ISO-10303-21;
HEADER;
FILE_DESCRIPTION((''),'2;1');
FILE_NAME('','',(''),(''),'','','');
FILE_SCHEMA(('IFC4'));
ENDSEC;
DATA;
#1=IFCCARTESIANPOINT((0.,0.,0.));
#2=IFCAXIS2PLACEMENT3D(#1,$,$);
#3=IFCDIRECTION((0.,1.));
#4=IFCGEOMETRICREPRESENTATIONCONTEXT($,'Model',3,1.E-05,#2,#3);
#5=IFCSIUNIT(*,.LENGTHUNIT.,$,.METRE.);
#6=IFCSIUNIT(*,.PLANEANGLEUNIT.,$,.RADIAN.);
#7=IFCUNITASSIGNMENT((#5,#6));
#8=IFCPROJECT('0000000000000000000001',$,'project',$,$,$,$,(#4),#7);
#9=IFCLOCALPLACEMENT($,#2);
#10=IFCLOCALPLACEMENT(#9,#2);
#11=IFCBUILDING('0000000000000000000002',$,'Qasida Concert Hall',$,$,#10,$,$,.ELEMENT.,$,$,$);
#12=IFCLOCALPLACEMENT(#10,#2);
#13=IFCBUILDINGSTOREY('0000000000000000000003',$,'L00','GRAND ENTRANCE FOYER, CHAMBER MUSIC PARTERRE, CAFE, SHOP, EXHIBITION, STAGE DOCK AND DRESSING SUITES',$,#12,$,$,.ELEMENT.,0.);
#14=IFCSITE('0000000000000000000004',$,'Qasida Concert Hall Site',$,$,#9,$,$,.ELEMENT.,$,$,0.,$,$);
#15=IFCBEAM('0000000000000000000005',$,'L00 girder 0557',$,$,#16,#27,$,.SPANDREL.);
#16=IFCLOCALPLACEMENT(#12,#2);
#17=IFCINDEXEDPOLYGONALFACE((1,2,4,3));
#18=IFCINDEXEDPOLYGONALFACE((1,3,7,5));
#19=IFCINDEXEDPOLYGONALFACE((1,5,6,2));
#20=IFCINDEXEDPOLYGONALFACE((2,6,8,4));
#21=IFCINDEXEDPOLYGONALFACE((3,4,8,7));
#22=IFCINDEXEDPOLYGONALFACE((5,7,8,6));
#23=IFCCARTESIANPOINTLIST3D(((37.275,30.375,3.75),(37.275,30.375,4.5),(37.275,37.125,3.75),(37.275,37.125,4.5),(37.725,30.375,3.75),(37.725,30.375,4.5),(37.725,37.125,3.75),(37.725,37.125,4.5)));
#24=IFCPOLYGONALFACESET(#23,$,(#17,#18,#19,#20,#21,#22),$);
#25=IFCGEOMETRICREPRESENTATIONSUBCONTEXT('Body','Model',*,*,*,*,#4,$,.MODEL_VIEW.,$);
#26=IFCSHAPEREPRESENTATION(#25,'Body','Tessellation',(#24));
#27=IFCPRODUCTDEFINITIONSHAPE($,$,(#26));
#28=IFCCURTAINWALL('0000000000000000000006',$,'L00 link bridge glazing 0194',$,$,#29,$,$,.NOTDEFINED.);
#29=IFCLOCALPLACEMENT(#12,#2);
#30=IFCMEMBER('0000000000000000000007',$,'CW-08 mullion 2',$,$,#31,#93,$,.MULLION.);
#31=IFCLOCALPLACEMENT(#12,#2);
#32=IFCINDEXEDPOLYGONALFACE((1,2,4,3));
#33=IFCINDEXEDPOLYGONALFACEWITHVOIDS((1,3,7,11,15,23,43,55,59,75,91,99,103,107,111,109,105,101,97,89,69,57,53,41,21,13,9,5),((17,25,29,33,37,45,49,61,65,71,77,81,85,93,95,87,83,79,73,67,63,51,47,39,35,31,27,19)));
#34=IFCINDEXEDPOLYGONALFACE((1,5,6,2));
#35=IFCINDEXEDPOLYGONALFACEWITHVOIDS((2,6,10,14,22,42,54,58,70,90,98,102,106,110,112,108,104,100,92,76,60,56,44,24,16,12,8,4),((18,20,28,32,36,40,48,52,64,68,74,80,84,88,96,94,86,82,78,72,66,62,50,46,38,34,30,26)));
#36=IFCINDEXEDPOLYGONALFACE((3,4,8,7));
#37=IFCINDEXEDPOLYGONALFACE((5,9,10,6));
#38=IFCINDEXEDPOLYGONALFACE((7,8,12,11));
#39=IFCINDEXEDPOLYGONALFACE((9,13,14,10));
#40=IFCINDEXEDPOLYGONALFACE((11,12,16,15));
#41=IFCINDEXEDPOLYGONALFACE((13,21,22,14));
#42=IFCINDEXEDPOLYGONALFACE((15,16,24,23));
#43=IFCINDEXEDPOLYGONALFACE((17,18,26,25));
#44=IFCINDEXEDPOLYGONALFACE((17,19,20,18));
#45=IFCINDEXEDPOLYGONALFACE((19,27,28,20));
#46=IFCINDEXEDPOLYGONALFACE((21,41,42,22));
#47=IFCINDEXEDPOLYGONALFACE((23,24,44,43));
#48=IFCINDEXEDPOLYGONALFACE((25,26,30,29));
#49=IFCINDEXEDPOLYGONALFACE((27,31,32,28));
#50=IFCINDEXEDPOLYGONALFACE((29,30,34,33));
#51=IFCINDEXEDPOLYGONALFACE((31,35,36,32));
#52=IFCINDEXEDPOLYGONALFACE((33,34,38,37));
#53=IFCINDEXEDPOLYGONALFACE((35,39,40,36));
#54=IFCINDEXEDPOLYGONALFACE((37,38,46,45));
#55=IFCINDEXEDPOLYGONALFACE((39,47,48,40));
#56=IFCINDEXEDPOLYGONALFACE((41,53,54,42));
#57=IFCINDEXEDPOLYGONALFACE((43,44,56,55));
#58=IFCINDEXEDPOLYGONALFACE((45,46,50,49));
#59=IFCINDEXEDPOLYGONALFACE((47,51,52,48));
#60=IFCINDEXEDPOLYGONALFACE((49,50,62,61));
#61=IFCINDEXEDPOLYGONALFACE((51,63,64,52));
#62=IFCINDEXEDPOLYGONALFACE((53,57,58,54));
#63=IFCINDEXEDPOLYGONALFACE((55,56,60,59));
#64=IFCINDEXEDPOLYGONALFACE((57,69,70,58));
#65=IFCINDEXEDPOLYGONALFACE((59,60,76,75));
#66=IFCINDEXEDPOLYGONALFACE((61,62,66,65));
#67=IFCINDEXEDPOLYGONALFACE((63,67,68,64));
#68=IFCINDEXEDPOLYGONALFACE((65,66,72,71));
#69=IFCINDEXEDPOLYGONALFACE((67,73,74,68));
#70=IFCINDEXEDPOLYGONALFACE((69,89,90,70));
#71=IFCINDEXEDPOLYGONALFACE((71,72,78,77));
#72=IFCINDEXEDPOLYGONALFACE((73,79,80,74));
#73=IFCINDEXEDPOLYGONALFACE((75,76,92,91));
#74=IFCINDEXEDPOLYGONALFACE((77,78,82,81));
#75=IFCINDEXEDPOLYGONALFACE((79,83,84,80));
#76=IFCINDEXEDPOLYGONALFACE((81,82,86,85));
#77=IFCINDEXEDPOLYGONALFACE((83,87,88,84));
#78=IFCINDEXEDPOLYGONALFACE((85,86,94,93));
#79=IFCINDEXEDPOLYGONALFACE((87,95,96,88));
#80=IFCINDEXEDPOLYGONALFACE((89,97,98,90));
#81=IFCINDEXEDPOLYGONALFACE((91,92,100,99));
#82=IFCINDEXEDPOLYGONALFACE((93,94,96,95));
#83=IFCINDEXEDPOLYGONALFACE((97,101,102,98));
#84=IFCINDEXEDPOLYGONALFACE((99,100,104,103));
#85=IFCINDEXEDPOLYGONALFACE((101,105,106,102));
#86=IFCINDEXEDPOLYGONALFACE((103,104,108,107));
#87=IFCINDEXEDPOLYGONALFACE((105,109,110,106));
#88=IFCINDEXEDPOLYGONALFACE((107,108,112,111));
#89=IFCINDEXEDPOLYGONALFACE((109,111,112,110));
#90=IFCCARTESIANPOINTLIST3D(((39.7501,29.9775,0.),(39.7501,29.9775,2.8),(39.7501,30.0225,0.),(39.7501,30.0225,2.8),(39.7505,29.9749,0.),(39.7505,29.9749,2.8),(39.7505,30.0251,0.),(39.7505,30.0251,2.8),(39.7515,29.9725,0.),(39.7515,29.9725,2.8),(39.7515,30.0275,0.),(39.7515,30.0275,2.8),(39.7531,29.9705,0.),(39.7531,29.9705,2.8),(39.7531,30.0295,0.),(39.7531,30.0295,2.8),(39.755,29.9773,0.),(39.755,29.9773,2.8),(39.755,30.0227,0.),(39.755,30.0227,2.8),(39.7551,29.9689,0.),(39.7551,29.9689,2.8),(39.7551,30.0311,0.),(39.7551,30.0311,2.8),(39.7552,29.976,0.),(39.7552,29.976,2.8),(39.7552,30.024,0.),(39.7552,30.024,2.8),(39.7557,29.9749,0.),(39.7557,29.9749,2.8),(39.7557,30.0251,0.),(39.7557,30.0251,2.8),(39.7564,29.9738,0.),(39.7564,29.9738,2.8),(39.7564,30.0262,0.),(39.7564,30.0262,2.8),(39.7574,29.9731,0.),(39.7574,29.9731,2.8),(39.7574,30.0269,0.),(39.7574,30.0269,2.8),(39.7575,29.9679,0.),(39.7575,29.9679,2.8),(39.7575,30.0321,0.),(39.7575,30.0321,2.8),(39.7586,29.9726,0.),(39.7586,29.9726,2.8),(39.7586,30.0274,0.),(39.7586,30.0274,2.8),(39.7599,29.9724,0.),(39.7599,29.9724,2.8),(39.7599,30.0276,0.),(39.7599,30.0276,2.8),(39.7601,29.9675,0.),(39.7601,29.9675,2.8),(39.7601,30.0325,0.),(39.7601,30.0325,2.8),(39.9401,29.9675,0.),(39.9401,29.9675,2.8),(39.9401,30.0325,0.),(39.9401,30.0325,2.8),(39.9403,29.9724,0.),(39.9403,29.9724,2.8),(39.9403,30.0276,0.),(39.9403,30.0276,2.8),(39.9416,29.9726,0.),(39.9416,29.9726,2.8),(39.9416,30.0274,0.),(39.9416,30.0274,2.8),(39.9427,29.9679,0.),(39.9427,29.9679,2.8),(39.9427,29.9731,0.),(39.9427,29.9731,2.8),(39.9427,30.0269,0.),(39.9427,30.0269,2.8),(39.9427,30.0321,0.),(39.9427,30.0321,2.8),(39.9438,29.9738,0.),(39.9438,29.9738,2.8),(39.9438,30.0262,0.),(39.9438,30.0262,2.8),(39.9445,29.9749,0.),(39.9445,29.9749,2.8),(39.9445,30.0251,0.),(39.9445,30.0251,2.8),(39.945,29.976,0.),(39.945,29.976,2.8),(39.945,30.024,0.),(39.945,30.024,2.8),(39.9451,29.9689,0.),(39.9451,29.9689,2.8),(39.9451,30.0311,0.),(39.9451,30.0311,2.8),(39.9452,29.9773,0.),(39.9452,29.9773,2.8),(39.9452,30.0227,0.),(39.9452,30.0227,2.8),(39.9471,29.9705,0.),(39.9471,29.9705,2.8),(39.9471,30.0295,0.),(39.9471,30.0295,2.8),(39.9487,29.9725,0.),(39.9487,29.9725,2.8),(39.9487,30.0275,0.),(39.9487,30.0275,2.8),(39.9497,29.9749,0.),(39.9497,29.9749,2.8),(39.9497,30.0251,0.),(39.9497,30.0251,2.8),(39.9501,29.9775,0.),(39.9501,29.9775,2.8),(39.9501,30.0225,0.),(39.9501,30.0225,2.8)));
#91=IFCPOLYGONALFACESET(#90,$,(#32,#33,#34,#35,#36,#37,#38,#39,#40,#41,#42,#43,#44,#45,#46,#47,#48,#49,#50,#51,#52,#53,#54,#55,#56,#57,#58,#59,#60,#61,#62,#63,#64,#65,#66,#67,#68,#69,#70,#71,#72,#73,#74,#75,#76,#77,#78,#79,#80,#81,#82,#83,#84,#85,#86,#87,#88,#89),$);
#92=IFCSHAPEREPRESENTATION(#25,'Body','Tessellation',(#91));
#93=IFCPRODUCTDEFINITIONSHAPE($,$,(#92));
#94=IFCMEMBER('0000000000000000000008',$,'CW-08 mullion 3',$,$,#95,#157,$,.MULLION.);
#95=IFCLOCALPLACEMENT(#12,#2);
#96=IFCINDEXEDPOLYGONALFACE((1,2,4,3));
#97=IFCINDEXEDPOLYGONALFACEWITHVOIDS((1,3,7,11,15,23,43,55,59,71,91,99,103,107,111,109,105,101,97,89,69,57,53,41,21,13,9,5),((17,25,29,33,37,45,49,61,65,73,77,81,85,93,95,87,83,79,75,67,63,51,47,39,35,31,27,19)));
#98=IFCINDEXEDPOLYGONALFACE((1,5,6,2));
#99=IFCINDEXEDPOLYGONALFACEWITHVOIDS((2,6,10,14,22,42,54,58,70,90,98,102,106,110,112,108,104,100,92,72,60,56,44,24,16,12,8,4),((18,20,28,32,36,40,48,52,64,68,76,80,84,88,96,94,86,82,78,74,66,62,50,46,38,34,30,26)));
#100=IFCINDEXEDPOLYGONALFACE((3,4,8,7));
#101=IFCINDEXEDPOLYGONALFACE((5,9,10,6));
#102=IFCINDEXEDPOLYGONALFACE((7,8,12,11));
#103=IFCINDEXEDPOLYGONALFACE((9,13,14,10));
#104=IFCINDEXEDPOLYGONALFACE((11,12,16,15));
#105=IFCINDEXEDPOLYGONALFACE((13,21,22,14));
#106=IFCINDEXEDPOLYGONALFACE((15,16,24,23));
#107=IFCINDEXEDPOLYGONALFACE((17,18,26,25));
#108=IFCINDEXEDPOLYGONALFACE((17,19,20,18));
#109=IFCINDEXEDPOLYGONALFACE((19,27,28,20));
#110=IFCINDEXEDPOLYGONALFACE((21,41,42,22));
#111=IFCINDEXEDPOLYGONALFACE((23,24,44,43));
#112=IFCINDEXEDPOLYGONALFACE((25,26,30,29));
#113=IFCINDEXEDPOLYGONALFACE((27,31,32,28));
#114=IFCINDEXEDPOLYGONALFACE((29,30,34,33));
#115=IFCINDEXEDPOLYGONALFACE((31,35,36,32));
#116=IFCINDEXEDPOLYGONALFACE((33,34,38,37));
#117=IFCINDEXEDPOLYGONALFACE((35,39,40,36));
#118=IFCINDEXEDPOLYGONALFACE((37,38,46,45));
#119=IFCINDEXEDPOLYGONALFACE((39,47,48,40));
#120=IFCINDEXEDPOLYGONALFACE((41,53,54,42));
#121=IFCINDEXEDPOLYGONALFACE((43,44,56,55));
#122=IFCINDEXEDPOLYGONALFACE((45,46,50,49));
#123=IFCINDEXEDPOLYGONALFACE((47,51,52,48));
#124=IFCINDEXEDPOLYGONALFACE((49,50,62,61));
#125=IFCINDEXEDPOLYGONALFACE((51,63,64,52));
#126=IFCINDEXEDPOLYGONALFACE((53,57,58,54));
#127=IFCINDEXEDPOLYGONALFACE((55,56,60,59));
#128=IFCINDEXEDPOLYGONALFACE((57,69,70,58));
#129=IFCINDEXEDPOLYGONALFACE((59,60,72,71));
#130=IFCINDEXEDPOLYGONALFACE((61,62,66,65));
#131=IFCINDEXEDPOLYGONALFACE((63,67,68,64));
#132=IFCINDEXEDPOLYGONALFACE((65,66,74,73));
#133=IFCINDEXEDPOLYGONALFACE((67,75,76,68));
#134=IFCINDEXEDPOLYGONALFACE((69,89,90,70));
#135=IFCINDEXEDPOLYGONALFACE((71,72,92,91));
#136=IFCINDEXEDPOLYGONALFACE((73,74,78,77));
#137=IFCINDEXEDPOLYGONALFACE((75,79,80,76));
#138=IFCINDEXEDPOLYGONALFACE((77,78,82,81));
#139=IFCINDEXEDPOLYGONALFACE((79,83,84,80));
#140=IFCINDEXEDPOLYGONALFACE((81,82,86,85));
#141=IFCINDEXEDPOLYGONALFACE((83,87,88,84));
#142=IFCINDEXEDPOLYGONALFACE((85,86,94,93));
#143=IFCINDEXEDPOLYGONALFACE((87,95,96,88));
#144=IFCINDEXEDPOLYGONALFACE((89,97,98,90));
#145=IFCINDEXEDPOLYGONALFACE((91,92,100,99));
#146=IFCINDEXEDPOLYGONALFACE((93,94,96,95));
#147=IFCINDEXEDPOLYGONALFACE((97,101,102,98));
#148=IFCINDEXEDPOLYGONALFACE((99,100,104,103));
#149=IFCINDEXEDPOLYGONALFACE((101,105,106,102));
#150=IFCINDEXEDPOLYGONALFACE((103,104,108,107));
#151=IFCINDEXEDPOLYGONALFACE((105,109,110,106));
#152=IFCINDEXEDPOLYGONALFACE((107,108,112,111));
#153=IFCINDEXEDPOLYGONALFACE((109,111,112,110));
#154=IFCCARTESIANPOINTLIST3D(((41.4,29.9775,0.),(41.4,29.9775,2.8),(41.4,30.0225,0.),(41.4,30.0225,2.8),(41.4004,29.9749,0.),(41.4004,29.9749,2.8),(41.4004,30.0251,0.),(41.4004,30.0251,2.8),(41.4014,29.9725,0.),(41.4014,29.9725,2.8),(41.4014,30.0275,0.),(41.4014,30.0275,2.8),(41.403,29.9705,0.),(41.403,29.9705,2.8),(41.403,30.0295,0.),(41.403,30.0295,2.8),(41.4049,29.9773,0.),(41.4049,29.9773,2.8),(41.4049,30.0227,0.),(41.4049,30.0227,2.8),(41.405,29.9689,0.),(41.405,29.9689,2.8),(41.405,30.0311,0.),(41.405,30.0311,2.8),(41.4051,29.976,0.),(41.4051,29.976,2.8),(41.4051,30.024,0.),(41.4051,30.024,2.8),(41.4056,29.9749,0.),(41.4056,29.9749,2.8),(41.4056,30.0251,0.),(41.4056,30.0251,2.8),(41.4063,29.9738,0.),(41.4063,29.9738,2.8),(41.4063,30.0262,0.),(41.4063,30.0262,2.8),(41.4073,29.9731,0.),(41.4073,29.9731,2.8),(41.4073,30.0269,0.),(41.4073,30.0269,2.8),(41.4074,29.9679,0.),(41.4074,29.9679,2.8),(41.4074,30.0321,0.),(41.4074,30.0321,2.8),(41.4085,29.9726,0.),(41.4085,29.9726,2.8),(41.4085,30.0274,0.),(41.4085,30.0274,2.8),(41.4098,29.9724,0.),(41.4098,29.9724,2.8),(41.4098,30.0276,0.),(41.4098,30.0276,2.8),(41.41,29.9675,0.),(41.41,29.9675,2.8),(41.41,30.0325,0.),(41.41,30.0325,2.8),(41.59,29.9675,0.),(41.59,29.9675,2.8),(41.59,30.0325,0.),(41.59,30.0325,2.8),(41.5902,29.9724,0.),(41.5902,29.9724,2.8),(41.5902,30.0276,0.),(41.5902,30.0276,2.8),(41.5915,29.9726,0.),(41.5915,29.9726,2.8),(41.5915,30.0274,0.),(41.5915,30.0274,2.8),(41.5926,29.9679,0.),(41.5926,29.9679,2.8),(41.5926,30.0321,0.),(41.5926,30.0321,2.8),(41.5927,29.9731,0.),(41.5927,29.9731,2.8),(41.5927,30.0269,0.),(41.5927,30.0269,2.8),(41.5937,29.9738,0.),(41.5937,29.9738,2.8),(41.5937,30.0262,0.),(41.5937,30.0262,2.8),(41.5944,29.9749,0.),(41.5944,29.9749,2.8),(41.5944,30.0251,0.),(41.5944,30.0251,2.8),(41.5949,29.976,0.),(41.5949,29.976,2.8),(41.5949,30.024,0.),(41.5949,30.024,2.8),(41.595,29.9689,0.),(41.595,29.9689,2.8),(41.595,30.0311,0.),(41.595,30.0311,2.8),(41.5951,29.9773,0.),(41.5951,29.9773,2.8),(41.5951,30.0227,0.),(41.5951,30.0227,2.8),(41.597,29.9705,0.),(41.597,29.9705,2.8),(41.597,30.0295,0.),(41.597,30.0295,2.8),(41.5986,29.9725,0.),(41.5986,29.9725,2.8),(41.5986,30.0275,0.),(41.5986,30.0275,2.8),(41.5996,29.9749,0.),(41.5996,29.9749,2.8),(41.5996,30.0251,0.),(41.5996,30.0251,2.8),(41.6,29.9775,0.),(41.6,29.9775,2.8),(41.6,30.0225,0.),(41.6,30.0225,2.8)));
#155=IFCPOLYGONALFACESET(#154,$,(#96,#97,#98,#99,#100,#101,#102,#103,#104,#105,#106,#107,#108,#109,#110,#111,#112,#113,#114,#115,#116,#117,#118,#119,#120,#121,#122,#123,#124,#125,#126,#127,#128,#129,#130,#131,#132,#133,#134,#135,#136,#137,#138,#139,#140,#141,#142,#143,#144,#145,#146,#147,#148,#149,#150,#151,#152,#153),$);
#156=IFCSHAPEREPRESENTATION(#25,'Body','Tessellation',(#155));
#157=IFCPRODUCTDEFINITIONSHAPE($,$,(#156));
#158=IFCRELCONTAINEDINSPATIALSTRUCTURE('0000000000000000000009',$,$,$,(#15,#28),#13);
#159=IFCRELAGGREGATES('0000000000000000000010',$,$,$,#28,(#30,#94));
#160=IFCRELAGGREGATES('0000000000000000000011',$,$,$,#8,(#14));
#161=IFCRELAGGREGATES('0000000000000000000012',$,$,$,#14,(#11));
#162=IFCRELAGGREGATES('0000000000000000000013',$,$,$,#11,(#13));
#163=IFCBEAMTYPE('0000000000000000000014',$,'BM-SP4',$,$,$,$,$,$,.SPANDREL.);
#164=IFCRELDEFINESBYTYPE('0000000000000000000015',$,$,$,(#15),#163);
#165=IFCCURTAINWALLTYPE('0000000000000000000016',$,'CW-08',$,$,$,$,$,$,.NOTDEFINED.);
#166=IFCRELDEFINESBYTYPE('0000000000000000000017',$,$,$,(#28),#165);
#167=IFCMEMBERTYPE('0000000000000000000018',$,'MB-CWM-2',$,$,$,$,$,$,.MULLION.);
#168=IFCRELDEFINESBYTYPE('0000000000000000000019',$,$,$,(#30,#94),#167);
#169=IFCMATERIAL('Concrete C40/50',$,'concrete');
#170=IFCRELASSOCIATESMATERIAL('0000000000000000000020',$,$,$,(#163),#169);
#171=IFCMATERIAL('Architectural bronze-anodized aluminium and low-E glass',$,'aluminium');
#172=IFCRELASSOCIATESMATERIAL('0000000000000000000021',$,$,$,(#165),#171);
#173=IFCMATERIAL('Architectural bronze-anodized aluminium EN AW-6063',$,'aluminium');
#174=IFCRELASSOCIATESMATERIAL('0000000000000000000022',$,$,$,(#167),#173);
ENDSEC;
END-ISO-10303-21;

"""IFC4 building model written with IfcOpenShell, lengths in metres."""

from ifc_helpers import new_model, si_unit, direction, frame, origin, origin_2d, place, context, subcontext, project, spatial, rectangle, hollow_rectangle, extrude, material, material_profile, profile_set, type_object, element, aggregate, save


model = new_model("IFC4")

# Units and contexts
model_context = context("Model", 3, precision=1e-05, world=origin(), true_north=direction((0.0, 1.0)))
body_context = subcontext(model_context, "Body", "Model", "MODEL_VIEW")
ifc_project = project(units=[si_unit("LENGTHUNIT", "METRE"), si_unit("PLANEANGLEUNIT", "RADIAN")], contexts=[model_context])

# Site, building, storey
site_placement = place(None, origin())
site = spatial("IfcSite", under=ifc_project, at=site_placement, Name="Qasida Concert Hall Site", CompositionType="ELEMENT", RefElevation=0.0)
building_placement = place(site_placement, origin())
building = spatial("IfcBuilding", under=site, at=building_placement, Name="Qasida Concert Hall", CompositionType="ELEMENT")
storey_placement = place(building_placement, origin())
storey = spatial("IfcBuildingStorey", under=building, at=storey_placement, Name="L00", Description="GRAND ENTRANCE FOYER, CHAMBER MUSIC PARTERRE, CAFE, SHOP, EXHIBITION, STAGE DOCK AND DRESSING SUITES", CompositionType="ELEMENT", Elevation=0.0)

# Beam
ifc_material_1 = material(Name="Concrete C40/50", Category="concrete")
ifc_material_profile_1 = material_profile(ifc_material_1, rectangle(XDim=0.45, YDim=0.75, at=origin_2d()), Name="RC 450x750")
ifc_profile_set_1 = profile_set([ifc_material_profile_1], Name="Concrete C40/50")
beam_type = type_object("IfcBeamType", Name="BM-SP4", PredefinedType="SPANDREL", material=ifc_profile_set_1)
beam_placement = place(storey_placement, frame((37.5, 30.375, 4.125), z_axis=(0.0, 1.0, 0.0), x_axis=(-1.0, 0.0, 0.0)))
element("IfcBeam", 1, at=beam_placement, inside=storey, type_object=beam_type, Name="L00 girder 0557", PredefinedType="SPANDREL", context=body_context, shape_type="SweptSolid", body=[
    extrude(rectangle(XDim=0.45, YDim=0.75, at=origin_2d()), origin(), (0.0, 0.0, 1.0), 6.75),
])

# Curtain wall, members
ifc_material_2 = material(Name="Architectural bronze-anodized aluminium and low-E glass", Category="aluminium")
curtain_wall_type = type_object("IfcCurtainWallType", Name="CW-08", PredefinedType="NOTDEFINED", material=ifc_material_2)
curtain_wall_placement = place(storey_placement, origin())
curtain_wall = element("IfcCurtainWall", 2, at=curtain_wall_placement, inside=storey, type_object=curtain_wall_type, Name="L00 link bridge glazing 0194", PredefinedType="NOTDEFINED")
ifc_material_3 = material(Name="Architectural bronze-anodized aluminium EN AW-6063", Category="aluminium")
ifc_material_profile_2 = material_profile(ifc_material_3, hollow_rectangle(XDim=0.0649, YDim=0.2, WallThickness=0.0049, InnerFilletRadius=0.0049, OuterFilletRadius=0.01, at=origin_2d()), Name="CWM 200x65x5")
ifc_profile_set_2 = profile_set([ifc_material_profile_2], Name="Architectural bronze-anodized aluminium EN AW-6063")
member_type_1 = type_object("IfcMemberType", Name="MB-CWM-2", PredefinedType="MULLION", material=ifc_profile_set_2)
member_1_placement = place(storey_placement, frame((39.8501, 30.0, 0.0), z_axis=(0.0, 0.0, 1.0), x_axis=(0.0, 1.0, 0.0)))
member_1 = element("IfcMember", 3, at=member_1_placement, type_object=member_type_1, Name="CW-08 mullion 2", PredefinedType="MULLION", context=body_context, shape_type="SweptSolid", body=[
    extrude(hollow_rectangle(XDim=0.0649, YDim=0.2, WallThickness=0.0049, InnerFilletRadius=0.0049, OuterFilletRadius=0.01, at=origin_2d()), origin(), (0.0, 0.0, 1.0), 2.8),
])
member_2_placement = place(storey_placement, frame((41.5, 30.0, 0.0), z_axis=(0.0, 0.0, 1.0), x_axis=(0.0, 1.0, 0.0)))
member_2 = element("IfcMember", 4, at=member_2_placement, type_object=member_type_1, Name="CW-08 mullion 3", PredefinedType="MULLION", context=body_context, shape_type="SweptSolid", body=[
    extrude(hollow_rectangle(XDim=0.0649, YDim=0.2, WallThickness=0.0049, InnerFilletRadius=0.0049, OuterFilletRadius=0.01, at=origin_2d()), origin(), (0.0, 0.0, 1.0), 2.8),
])
aggregate(curtain_wall, [member_1, member_2])

save(model, "model.ifc")
